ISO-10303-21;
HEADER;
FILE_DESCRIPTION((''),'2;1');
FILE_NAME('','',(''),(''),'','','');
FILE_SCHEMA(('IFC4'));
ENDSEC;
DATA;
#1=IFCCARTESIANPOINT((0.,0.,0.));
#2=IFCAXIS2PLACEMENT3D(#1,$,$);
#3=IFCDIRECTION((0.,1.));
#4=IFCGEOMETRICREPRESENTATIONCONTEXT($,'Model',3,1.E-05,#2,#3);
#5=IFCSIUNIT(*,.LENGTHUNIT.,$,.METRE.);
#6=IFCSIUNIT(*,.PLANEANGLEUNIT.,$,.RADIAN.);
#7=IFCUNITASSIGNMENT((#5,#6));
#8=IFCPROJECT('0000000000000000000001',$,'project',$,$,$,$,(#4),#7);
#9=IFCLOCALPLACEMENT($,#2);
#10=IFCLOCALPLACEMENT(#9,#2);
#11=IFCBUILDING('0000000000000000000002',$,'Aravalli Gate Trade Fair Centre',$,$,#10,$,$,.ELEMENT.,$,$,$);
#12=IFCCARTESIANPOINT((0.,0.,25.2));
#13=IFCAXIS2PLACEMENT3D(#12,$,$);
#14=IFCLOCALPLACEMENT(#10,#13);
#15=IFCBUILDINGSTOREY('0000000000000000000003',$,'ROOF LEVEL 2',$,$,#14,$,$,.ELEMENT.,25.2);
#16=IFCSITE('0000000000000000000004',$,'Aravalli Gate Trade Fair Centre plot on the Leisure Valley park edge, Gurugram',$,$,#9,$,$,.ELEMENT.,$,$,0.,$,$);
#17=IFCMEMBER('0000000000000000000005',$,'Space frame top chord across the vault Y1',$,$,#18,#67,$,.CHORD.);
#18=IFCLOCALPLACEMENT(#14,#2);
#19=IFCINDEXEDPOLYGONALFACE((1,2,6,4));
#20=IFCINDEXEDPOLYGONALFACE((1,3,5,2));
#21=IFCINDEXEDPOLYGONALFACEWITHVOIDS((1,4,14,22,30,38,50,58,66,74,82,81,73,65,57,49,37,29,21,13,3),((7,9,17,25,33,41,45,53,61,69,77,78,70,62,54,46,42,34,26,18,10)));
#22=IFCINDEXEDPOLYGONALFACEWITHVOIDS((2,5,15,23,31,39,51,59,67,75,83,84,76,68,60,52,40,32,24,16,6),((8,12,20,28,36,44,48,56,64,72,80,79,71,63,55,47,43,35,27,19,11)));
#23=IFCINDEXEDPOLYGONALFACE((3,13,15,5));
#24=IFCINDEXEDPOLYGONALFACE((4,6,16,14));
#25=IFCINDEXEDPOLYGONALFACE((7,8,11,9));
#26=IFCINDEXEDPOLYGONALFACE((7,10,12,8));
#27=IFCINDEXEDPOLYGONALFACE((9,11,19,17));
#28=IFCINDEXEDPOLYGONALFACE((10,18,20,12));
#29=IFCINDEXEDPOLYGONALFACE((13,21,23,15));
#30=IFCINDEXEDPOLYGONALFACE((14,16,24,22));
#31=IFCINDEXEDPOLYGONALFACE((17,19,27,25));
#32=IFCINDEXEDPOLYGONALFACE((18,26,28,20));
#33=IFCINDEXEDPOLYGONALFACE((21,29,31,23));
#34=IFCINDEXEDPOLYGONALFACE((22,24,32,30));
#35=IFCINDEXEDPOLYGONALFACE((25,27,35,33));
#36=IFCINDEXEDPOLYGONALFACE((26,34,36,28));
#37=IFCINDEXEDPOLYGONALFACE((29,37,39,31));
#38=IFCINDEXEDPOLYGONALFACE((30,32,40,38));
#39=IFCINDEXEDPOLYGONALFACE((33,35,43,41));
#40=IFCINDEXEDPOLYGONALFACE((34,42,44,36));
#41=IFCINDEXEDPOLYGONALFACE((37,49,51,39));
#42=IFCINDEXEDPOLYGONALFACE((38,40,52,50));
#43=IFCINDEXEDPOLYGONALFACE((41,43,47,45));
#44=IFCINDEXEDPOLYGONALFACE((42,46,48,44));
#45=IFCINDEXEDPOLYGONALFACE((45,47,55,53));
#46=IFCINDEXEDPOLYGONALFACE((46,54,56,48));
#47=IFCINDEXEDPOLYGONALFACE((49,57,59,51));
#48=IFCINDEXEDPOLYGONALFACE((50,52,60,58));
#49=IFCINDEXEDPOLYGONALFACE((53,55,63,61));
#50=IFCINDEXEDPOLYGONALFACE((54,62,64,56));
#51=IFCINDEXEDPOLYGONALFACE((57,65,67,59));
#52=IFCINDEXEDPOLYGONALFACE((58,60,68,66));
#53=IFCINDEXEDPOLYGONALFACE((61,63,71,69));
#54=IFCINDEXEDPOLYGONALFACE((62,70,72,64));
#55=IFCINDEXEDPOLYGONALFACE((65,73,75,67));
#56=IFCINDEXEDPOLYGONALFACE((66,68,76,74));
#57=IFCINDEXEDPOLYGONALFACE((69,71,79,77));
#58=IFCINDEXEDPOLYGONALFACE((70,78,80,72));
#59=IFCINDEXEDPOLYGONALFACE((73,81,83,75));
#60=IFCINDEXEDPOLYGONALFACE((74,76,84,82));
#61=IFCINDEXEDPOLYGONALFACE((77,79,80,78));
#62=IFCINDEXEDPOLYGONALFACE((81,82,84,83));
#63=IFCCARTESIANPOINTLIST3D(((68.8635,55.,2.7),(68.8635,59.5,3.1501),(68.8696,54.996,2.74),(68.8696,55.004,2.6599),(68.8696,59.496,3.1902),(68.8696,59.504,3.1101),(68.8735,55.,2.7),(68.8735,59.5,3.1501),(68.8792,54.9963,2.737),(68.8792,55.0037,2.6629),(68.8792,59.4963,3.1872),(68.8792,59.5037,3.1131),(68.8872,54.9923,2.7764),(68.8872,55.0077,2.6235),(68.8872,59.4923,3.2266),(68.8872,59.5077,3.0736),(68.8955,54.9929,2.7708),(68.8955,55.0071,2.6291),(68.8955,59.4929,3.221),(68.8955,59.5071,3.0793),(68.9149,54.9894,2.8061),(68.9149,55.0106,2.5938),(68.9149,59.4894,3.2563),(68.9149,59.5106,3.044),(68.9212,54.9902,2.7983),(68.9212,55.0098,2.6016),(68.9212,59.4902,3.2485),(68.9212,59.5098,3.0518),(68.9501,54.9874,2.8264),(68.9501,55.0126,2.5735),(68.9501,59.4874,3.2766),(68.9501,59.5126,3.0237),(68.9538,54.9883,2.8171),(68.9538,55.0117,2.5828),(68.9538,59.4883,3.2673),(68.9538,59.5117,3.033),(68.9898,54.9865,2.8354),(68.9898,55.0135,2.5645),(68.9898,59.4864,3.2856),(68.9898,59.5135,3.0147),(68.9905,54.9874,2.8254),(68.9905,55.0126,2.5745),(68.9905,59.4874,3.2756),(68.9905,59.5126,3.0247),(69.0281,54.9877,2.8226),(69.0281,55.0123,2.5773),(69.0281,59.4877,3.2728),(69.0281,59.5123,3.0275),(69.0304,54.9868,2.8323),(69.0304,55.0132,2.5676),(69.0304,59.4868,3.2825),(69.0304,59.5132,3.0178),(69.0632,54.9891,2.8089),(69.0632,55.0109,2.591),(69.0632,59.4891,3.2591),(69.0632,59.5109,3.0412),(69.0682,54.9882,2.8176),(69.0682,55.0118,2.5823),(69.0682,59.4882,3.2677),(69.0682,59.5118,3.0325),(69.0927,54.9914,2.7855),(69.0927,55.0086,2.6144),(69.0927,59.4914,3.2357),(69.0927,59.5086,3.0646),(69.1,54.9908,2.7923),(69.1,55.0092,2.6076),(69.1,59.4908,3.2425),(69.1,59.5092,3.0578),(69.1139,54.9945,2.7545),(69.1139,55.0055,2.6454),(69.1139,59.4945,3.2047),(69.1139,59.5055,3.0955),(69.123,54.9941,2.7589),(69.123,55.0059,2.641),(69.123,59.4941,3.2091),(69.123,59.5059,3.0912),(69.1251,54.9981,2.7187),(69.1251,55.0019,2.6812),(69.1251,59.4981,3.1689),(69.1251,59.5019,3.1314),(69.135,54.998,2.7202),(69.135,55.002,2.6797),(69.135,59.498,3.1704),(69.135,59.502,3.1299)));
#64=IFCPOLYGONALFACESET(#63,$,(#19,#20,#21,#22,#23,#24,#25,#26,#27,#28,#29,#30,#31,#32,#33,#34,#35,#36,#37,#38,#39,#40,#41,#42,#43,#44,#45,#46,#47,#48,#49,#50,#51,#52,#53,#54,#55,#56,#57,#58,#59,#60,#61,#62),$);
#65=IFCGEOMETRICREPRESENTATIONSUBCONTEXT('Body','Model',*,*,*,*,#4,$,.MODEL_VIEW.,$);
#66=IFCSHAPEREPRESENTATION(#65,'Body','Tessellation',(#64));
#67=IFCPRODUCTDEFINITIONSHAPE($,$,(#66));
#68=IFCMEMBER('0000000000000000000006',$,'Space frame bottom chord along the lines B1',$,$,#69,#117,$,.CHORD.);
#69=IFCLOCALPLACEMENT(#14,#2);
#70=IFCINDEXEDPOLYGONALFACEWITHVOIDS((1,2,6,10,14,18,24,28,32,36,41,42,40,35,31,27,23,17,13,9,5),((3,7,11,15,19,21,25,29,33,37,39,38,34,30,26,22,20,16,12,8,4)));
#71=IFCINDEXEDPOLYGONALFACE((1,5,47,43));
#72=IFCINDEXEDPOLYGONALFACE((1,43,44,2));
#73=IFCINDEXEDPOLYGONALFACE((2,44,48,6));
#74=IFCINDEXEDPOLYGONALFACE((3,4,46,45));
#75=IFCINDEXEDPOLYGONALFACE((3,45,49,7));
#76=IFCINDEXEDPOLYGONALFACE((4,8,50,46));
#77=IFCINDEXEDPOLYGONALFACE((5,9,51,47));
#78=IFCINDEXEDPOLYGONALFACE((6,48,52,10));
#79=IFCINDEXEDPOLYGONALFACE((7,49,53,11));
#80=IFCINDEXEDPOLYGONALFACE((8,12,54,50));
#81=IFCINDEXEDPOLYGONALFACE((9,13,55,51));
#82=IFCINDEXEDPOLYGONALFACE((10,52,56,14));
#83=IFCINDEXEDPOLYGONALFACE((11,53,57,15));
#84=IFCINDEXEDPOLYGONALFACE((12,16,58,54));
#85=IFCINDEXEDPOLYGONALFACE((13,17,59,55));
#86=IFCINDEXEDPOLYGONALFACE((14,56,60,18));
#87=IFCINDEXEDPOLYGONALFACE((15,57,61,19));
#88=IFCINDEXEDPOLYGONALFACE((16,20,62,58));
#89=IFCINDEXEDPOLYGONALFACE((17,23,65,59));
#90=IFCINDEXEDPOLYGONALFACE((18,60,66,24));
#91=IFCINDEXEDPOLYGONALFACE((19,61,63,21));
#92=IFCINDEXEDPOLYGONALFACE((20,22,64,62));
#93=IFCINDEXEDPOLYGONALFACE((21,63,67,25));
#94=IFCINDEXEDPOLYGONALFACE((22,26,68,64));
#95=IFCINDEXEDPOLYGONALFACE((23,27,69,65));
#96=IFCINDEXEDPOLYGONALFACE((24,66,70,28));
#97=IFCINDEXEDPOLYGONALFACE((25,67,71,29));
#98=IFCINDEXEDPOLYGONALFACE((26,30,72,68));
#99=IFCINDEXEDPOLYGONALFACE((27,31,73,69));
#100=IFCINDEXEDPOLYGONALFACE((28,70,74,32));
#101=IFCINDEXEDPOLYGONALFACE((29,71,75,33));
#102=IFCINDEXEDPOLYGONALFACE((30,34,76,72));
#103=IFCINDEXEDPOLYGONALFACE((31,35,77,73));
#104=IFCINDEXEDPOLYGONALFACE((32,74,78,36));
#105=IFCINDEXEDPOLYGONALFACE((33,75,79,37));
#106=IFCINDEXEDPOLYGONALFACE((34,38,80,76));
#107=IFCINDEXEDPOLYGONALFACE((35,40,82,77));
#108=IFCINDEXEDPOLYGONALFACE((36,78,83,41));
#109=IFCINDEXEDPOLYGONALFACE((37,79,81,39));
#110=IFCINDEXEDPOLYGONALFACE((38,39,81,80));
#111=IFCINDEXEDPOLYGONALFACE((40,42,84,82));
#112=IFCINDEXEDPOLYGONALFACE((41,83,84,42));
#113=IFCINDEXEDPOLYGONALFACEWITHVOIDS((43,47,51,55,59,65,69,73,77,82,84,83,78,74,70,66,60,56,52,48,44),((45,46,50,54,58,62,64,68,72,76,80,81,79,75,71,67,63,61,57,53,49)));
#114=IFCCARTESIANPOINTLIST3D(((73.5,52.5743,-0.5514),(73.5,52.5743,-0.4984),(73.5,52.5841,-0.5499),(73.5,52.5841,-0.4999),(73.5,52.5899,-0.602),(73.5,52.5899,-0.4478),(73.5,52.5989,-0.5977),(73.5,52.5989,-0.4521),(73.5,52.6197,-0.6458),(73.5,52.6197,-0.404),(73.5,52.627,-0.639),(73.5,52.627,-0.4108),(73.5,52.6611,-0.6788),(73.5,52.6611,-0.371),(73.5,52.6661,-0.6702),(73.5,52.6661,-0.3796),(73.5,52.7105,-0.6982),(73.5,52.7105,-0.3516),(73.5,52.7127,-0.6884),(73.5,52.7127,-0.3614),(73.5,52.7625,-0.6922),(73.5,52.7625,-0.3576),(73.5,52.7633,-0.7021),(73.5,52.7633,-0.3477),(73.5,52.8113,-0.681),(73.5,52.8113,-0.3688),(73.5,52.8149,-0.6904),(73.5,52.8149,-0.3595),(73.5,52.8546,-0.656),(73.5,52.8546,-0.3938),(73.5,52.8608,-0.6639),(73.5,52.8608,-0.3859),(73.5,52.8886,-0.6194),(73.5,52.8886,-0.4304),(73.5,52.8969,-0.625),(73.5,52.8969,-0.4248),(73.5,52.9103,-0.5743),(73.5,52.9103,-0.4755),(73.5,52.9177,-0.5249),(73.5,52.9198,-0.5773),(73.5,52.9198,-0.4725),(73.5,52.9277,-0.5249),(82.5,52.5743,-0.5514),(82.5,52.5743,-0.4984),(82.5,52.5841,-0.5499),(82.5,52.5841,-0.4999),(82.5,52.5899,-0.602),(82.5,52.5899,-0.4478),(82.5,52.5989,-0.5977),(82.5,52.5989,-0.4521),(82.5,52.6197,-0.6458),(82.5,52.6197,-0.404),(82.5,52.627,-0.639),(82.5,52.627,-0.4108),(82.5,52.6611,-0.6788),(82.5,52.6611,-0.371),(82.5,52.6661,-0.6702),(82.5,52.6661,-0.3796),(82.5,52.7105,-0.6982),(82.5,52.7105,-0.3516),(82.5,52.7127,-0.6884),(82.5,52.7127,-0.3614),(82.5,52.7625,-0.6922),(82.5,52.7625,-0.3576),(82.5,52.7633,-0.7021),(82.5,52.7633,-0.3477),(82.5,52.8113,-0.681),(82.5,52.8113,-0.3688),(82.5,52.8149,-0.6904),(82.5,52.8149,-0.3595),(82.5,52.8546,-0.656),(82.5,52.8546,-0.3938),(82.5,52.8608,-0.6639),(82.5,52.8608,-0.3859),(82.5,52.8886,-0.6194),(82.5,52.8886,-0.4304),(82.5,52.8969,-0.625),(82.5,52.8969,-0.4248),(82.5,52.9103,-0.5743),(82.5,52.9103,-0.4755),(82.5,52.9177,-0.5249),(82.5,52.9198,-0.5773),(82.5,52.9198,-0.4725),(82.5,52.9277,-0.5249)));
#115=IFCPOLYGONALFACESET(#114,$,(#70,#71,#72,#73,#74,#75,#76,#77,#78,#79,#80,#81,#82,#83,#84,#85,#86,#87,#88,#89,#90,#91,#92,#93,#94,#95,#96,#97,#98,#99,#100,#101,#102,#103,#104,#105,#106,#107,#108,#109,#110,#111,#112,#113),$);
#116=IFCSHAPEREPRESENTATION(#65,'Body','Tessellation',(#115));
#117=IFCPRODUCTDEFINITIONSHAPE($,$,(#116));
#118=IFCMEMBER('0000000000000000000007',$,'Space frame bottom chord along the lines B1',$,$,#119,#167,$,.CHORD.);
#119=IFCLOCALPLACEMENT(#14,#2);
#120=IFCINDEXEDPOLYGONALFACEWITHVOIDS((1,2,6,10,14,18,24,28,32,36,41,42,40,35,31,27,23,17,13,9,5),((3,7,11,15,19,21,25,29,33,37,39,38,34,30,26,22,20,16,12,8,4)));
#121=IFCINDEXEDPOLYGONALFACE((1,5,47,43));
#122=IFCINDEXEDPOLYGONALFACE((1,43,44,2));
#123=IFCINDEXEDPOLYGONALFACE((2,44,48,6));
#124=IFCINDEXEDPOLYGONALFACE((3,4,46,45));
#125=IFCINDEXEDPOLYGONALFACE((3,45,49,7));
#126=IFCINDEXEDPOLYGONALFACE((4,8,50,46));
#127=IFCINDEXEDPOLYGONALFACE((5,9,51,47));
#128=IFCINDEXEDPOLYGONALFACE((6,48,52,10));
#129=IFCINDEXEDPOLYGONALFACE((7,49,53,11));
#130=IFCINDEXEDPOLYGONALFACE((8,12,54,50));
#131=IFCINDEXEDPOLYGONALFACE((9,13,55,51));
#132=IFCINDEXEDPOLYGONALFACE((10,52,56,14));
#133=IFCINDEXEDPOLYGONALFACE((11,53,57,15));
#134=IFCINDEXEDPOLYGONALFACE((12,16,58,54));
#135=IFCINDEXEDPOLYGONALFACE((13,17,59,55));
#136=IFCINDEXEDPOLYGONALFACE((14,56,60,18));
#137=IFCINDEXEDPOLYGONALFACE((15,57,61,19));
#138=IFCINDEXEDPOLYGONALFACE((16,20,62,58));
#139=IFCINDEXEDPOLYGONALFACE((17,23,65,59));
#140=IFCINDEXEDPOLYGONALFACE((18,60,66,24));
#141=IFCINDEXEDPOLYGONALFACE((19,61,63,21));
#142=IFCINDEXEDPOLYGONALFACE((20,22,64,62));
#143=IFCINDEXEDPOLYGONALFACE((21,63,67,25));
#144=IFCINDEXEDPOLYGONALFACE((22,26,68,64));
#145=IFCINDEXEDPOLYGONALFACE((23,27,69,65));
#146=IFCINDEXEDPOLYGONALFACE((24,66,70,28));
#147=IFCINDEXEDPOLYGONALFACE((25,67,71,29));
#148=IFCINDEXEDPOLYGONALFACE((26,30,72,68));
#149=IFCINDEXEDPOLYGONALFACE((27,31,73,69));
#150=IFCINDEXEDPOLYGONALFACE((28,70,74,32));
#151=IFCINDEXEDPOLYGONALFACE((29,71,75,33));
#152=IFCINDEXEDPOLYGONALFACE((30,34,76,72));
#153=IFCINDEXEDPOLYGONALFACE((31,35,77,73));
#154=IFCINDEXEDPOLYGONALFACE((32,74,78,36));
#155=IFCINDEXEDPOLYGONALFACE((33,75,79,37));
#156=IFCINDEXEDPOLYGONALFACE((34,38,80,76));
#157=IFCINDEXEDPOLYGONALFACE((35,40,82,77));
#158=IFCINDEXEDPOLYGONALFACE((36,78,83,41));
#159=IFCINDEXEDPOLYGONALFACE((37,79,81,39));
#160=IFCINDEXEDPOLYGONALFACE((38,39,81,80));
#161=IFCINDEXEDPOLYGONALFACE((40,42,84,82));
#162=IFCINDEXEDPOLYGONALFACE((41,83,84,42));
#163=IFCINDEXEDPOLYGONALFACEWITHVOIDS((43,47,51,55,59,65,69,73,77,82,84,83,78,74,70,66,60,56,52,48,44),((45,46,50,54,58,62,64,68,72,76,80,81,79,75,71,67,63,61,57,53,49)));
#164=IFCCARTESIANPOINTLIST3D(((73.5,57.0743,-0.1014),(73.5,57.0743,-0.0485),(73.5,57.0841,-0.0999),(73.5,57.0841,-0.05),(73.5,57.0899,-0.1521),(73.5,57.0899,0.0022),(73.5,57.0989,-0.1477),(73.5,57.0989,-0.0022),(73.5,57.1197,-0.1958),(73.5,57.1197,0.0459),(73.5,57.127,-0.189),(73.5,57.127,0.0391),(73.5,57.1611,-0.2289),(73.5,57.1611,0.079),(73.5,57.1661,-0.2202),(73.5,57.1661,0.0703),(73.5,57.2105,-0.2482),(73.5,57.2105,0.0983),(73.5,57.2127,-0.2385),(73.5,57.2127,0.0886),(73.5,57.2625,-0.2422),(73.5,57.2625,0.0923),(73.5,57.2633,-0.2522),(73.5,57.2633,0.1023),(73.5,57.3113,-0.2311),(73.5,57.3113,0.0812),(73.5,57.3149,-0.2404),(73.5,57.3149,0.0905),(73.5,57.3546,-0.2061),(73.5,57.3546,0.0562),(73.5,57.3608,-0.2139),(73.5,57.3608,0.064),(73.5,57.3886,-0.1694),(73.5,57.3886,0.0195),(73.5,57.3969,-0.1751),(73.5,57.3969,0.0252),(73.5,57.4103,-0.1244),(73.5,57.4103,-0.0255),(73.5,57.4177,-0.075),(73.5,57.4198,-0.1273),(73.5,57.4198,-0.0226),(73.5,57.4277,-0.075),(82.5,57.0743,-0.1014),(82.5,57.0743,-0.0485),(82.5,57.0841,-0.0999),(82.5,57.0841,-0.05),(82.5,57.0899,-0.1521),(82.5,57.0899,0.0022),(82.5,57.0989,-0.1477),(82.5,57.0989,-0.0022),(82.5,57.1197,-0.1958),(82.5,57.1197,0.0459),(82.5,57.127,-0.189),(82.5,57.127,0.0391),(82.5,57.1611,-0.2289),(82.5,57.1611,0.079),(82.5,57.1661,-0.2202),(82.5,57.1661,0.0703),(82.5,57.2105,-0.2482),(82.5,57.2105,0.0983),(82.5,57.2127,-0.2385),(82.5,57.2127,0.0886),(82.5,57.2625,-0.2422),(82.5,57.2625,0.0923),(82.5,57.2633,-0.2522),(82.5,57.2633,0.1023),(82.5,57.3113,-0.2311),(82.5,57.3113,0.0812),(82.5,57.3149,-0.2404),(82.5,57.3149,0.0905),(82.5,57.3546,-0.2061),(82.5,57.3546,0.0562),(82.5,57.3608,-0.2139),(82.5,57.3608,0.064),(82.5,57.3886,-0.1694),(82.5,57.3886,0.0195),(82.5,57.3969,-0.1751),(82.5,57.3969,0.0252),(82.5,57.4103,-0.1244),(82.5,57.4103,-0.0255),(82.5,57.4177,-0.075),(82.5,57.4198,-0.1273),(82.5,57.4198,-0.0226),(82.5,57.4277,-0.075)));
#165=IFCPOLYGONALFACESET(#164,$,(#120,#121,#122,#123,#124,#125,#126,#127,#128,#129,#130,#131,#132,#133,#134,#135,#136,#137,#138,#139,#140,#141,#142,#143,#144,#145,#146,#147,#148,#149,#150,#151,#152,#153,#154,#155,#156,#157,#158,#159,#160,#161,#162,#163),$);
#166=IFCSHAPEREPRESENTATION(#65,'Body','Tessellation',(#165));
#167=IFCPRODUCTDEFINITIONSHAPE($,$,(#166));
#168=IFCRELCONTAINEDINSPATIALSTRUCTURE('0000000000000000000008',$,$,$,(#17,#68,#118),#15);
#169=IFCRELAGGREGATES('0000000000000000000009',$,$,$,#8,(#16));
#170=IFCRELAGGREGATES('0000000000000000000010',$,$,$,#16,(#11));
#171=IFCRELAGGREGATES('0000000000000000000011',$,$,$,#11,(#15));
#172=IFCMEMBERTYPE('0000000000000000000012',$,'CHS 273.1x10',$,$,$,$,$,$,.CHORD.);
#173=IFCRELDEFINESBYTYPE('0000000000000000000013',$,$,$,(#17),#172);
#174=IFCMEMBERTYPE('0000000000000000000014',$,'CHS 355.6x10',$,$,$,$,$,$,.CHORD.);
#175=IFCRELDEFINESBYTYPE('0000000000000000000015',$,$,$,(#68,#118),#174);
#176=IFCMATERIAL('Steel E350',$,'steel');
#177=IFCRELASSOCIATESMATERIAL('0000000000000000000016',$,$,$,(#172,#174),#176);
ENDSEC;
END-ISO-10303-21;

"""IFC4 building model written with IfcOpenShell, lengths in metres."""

from ifc_helpers import new_model, si_unit, direction, frame, origin, origin_2d, place, context, subcontext, project, spatial, hollow_circle, extrude, material, material_profile, profile_set, type_object, element, save


model = new_model("IFC4")

# Units and contexts
model_context = context("Model", 3, precision=1e-05, world=origin(), true_north=direction((0.0, 1.0)))
body_context = subcontext(model_context, "Body", "Model", "MODEL_VIEW")
ifc_project = project(units=[si_unit("LENGTHUNIT", "METRE"), si_unit("PLANEANGLEUNIT", "RADIAN")], contexts=[model_context])

# Site, building, storey
site_placement = place(None, origin())
site = spatial("IfcSite", under=ifc_project, at=site_placement, Name="Aravalli Gate Trade Fair Centre plot on the Leisure Valley park edge, Gurugram", CompositionType="ELEMENT", RefElevation=0.0)
building_placement = place(site_placement, origin())
building = spatial("IfcBuilding", under=site, at=building_placement, Name="Aravalli Gate Trade Fair Centre", CompositionType="ELEMENT")
storey_placement = place(building_placement, frame((0.0, 0.0, 25.2)))
storey = spatial("IfcBuildingStorey", under=building, at=storey_placement, Name="ROOF LEVEL 2", CompositionType="ELEMENT", Elevation=25.2)

# Members
ifc_material = material(Name="Steel E350", Category="steel")
ifc_material_profile_1 = material_profile(ifc_material, hollow_circle(Radius=0.1365, WallThickness=0.01, at=origin_2d()), Name="CHS 273.1x10")
ifc_profile_set_1 = profile_set([ifc_material_profile_1], Name="Steel E350")
member_type_1 = type_object("IfcMemberType", Name="CHS 273.1x10", PredefinedType="CHORD", material=ifc_profile_set_1)
member_1_placement = place(storey_placement, frame((69.0, 55.0, 2.7), z_axis=(0.0, 0.995033, 0.099546), x_axis=(-1.0, 0.0, 0.0)))
element("IfcMember", 1, at=member_1_placement, inside=storey, type_object=member_type_1, Name="Space frame top chord across the vault Y1", PredefinedType="CHORD", context=body_context, shape_type="SweptSolid", body=[
    extrude(hollow_circle(Radius=0.1365, WallThickness=0.01, at=origin_2d()), origin(), (0.0, 0.0, 1.0), 4.5225),
])
ifc_material_profile_2 = material_profile(ifc_material, hollow_circle(Radius=0.1777, WallThickness=0.01, at=origin_2d()), Name="CHS 355.6x10")
ifc_profile_set_2 = profile_set([ifc_material_profile_2], Name="Steel E350")
member_type_2 = type_object("IfcMemberType", Name="CHS 355.6x10", PredefinedType="CHORD", material=ifc_profile_set_2)
for number, where, z_axis, x_axis, name in (
    (2, (73.5, 52.75, -0.5249), (1.0, 0.0, 0.0), (0.0, 1.0, 0.0), "Space frame bottom chord along the lines B1"),
    (3, (73.5, 57.25, -0.075), (1.0, 0.0, 0.0), (0.0, 1.0, 0.0), "Space frame bottom chord along the lines B1"),
):
    element("IfcMember", number, at=place(storey_placement, frame(where, z_axis=z_axis, x_axis=x_axis)), inside=storey, type_object=member_type_2, Name=name, PredefinedType="CHORD", context=body_context, shape_type="SweptSolid", body=[
        extrude(hollow_circle(Radius=0.1777, WallThickness=0.01, at=origin_2d()), origin(), (0.0, 0.0, 1.0), 9.0),
    ])

save(model, "model.ifc")
